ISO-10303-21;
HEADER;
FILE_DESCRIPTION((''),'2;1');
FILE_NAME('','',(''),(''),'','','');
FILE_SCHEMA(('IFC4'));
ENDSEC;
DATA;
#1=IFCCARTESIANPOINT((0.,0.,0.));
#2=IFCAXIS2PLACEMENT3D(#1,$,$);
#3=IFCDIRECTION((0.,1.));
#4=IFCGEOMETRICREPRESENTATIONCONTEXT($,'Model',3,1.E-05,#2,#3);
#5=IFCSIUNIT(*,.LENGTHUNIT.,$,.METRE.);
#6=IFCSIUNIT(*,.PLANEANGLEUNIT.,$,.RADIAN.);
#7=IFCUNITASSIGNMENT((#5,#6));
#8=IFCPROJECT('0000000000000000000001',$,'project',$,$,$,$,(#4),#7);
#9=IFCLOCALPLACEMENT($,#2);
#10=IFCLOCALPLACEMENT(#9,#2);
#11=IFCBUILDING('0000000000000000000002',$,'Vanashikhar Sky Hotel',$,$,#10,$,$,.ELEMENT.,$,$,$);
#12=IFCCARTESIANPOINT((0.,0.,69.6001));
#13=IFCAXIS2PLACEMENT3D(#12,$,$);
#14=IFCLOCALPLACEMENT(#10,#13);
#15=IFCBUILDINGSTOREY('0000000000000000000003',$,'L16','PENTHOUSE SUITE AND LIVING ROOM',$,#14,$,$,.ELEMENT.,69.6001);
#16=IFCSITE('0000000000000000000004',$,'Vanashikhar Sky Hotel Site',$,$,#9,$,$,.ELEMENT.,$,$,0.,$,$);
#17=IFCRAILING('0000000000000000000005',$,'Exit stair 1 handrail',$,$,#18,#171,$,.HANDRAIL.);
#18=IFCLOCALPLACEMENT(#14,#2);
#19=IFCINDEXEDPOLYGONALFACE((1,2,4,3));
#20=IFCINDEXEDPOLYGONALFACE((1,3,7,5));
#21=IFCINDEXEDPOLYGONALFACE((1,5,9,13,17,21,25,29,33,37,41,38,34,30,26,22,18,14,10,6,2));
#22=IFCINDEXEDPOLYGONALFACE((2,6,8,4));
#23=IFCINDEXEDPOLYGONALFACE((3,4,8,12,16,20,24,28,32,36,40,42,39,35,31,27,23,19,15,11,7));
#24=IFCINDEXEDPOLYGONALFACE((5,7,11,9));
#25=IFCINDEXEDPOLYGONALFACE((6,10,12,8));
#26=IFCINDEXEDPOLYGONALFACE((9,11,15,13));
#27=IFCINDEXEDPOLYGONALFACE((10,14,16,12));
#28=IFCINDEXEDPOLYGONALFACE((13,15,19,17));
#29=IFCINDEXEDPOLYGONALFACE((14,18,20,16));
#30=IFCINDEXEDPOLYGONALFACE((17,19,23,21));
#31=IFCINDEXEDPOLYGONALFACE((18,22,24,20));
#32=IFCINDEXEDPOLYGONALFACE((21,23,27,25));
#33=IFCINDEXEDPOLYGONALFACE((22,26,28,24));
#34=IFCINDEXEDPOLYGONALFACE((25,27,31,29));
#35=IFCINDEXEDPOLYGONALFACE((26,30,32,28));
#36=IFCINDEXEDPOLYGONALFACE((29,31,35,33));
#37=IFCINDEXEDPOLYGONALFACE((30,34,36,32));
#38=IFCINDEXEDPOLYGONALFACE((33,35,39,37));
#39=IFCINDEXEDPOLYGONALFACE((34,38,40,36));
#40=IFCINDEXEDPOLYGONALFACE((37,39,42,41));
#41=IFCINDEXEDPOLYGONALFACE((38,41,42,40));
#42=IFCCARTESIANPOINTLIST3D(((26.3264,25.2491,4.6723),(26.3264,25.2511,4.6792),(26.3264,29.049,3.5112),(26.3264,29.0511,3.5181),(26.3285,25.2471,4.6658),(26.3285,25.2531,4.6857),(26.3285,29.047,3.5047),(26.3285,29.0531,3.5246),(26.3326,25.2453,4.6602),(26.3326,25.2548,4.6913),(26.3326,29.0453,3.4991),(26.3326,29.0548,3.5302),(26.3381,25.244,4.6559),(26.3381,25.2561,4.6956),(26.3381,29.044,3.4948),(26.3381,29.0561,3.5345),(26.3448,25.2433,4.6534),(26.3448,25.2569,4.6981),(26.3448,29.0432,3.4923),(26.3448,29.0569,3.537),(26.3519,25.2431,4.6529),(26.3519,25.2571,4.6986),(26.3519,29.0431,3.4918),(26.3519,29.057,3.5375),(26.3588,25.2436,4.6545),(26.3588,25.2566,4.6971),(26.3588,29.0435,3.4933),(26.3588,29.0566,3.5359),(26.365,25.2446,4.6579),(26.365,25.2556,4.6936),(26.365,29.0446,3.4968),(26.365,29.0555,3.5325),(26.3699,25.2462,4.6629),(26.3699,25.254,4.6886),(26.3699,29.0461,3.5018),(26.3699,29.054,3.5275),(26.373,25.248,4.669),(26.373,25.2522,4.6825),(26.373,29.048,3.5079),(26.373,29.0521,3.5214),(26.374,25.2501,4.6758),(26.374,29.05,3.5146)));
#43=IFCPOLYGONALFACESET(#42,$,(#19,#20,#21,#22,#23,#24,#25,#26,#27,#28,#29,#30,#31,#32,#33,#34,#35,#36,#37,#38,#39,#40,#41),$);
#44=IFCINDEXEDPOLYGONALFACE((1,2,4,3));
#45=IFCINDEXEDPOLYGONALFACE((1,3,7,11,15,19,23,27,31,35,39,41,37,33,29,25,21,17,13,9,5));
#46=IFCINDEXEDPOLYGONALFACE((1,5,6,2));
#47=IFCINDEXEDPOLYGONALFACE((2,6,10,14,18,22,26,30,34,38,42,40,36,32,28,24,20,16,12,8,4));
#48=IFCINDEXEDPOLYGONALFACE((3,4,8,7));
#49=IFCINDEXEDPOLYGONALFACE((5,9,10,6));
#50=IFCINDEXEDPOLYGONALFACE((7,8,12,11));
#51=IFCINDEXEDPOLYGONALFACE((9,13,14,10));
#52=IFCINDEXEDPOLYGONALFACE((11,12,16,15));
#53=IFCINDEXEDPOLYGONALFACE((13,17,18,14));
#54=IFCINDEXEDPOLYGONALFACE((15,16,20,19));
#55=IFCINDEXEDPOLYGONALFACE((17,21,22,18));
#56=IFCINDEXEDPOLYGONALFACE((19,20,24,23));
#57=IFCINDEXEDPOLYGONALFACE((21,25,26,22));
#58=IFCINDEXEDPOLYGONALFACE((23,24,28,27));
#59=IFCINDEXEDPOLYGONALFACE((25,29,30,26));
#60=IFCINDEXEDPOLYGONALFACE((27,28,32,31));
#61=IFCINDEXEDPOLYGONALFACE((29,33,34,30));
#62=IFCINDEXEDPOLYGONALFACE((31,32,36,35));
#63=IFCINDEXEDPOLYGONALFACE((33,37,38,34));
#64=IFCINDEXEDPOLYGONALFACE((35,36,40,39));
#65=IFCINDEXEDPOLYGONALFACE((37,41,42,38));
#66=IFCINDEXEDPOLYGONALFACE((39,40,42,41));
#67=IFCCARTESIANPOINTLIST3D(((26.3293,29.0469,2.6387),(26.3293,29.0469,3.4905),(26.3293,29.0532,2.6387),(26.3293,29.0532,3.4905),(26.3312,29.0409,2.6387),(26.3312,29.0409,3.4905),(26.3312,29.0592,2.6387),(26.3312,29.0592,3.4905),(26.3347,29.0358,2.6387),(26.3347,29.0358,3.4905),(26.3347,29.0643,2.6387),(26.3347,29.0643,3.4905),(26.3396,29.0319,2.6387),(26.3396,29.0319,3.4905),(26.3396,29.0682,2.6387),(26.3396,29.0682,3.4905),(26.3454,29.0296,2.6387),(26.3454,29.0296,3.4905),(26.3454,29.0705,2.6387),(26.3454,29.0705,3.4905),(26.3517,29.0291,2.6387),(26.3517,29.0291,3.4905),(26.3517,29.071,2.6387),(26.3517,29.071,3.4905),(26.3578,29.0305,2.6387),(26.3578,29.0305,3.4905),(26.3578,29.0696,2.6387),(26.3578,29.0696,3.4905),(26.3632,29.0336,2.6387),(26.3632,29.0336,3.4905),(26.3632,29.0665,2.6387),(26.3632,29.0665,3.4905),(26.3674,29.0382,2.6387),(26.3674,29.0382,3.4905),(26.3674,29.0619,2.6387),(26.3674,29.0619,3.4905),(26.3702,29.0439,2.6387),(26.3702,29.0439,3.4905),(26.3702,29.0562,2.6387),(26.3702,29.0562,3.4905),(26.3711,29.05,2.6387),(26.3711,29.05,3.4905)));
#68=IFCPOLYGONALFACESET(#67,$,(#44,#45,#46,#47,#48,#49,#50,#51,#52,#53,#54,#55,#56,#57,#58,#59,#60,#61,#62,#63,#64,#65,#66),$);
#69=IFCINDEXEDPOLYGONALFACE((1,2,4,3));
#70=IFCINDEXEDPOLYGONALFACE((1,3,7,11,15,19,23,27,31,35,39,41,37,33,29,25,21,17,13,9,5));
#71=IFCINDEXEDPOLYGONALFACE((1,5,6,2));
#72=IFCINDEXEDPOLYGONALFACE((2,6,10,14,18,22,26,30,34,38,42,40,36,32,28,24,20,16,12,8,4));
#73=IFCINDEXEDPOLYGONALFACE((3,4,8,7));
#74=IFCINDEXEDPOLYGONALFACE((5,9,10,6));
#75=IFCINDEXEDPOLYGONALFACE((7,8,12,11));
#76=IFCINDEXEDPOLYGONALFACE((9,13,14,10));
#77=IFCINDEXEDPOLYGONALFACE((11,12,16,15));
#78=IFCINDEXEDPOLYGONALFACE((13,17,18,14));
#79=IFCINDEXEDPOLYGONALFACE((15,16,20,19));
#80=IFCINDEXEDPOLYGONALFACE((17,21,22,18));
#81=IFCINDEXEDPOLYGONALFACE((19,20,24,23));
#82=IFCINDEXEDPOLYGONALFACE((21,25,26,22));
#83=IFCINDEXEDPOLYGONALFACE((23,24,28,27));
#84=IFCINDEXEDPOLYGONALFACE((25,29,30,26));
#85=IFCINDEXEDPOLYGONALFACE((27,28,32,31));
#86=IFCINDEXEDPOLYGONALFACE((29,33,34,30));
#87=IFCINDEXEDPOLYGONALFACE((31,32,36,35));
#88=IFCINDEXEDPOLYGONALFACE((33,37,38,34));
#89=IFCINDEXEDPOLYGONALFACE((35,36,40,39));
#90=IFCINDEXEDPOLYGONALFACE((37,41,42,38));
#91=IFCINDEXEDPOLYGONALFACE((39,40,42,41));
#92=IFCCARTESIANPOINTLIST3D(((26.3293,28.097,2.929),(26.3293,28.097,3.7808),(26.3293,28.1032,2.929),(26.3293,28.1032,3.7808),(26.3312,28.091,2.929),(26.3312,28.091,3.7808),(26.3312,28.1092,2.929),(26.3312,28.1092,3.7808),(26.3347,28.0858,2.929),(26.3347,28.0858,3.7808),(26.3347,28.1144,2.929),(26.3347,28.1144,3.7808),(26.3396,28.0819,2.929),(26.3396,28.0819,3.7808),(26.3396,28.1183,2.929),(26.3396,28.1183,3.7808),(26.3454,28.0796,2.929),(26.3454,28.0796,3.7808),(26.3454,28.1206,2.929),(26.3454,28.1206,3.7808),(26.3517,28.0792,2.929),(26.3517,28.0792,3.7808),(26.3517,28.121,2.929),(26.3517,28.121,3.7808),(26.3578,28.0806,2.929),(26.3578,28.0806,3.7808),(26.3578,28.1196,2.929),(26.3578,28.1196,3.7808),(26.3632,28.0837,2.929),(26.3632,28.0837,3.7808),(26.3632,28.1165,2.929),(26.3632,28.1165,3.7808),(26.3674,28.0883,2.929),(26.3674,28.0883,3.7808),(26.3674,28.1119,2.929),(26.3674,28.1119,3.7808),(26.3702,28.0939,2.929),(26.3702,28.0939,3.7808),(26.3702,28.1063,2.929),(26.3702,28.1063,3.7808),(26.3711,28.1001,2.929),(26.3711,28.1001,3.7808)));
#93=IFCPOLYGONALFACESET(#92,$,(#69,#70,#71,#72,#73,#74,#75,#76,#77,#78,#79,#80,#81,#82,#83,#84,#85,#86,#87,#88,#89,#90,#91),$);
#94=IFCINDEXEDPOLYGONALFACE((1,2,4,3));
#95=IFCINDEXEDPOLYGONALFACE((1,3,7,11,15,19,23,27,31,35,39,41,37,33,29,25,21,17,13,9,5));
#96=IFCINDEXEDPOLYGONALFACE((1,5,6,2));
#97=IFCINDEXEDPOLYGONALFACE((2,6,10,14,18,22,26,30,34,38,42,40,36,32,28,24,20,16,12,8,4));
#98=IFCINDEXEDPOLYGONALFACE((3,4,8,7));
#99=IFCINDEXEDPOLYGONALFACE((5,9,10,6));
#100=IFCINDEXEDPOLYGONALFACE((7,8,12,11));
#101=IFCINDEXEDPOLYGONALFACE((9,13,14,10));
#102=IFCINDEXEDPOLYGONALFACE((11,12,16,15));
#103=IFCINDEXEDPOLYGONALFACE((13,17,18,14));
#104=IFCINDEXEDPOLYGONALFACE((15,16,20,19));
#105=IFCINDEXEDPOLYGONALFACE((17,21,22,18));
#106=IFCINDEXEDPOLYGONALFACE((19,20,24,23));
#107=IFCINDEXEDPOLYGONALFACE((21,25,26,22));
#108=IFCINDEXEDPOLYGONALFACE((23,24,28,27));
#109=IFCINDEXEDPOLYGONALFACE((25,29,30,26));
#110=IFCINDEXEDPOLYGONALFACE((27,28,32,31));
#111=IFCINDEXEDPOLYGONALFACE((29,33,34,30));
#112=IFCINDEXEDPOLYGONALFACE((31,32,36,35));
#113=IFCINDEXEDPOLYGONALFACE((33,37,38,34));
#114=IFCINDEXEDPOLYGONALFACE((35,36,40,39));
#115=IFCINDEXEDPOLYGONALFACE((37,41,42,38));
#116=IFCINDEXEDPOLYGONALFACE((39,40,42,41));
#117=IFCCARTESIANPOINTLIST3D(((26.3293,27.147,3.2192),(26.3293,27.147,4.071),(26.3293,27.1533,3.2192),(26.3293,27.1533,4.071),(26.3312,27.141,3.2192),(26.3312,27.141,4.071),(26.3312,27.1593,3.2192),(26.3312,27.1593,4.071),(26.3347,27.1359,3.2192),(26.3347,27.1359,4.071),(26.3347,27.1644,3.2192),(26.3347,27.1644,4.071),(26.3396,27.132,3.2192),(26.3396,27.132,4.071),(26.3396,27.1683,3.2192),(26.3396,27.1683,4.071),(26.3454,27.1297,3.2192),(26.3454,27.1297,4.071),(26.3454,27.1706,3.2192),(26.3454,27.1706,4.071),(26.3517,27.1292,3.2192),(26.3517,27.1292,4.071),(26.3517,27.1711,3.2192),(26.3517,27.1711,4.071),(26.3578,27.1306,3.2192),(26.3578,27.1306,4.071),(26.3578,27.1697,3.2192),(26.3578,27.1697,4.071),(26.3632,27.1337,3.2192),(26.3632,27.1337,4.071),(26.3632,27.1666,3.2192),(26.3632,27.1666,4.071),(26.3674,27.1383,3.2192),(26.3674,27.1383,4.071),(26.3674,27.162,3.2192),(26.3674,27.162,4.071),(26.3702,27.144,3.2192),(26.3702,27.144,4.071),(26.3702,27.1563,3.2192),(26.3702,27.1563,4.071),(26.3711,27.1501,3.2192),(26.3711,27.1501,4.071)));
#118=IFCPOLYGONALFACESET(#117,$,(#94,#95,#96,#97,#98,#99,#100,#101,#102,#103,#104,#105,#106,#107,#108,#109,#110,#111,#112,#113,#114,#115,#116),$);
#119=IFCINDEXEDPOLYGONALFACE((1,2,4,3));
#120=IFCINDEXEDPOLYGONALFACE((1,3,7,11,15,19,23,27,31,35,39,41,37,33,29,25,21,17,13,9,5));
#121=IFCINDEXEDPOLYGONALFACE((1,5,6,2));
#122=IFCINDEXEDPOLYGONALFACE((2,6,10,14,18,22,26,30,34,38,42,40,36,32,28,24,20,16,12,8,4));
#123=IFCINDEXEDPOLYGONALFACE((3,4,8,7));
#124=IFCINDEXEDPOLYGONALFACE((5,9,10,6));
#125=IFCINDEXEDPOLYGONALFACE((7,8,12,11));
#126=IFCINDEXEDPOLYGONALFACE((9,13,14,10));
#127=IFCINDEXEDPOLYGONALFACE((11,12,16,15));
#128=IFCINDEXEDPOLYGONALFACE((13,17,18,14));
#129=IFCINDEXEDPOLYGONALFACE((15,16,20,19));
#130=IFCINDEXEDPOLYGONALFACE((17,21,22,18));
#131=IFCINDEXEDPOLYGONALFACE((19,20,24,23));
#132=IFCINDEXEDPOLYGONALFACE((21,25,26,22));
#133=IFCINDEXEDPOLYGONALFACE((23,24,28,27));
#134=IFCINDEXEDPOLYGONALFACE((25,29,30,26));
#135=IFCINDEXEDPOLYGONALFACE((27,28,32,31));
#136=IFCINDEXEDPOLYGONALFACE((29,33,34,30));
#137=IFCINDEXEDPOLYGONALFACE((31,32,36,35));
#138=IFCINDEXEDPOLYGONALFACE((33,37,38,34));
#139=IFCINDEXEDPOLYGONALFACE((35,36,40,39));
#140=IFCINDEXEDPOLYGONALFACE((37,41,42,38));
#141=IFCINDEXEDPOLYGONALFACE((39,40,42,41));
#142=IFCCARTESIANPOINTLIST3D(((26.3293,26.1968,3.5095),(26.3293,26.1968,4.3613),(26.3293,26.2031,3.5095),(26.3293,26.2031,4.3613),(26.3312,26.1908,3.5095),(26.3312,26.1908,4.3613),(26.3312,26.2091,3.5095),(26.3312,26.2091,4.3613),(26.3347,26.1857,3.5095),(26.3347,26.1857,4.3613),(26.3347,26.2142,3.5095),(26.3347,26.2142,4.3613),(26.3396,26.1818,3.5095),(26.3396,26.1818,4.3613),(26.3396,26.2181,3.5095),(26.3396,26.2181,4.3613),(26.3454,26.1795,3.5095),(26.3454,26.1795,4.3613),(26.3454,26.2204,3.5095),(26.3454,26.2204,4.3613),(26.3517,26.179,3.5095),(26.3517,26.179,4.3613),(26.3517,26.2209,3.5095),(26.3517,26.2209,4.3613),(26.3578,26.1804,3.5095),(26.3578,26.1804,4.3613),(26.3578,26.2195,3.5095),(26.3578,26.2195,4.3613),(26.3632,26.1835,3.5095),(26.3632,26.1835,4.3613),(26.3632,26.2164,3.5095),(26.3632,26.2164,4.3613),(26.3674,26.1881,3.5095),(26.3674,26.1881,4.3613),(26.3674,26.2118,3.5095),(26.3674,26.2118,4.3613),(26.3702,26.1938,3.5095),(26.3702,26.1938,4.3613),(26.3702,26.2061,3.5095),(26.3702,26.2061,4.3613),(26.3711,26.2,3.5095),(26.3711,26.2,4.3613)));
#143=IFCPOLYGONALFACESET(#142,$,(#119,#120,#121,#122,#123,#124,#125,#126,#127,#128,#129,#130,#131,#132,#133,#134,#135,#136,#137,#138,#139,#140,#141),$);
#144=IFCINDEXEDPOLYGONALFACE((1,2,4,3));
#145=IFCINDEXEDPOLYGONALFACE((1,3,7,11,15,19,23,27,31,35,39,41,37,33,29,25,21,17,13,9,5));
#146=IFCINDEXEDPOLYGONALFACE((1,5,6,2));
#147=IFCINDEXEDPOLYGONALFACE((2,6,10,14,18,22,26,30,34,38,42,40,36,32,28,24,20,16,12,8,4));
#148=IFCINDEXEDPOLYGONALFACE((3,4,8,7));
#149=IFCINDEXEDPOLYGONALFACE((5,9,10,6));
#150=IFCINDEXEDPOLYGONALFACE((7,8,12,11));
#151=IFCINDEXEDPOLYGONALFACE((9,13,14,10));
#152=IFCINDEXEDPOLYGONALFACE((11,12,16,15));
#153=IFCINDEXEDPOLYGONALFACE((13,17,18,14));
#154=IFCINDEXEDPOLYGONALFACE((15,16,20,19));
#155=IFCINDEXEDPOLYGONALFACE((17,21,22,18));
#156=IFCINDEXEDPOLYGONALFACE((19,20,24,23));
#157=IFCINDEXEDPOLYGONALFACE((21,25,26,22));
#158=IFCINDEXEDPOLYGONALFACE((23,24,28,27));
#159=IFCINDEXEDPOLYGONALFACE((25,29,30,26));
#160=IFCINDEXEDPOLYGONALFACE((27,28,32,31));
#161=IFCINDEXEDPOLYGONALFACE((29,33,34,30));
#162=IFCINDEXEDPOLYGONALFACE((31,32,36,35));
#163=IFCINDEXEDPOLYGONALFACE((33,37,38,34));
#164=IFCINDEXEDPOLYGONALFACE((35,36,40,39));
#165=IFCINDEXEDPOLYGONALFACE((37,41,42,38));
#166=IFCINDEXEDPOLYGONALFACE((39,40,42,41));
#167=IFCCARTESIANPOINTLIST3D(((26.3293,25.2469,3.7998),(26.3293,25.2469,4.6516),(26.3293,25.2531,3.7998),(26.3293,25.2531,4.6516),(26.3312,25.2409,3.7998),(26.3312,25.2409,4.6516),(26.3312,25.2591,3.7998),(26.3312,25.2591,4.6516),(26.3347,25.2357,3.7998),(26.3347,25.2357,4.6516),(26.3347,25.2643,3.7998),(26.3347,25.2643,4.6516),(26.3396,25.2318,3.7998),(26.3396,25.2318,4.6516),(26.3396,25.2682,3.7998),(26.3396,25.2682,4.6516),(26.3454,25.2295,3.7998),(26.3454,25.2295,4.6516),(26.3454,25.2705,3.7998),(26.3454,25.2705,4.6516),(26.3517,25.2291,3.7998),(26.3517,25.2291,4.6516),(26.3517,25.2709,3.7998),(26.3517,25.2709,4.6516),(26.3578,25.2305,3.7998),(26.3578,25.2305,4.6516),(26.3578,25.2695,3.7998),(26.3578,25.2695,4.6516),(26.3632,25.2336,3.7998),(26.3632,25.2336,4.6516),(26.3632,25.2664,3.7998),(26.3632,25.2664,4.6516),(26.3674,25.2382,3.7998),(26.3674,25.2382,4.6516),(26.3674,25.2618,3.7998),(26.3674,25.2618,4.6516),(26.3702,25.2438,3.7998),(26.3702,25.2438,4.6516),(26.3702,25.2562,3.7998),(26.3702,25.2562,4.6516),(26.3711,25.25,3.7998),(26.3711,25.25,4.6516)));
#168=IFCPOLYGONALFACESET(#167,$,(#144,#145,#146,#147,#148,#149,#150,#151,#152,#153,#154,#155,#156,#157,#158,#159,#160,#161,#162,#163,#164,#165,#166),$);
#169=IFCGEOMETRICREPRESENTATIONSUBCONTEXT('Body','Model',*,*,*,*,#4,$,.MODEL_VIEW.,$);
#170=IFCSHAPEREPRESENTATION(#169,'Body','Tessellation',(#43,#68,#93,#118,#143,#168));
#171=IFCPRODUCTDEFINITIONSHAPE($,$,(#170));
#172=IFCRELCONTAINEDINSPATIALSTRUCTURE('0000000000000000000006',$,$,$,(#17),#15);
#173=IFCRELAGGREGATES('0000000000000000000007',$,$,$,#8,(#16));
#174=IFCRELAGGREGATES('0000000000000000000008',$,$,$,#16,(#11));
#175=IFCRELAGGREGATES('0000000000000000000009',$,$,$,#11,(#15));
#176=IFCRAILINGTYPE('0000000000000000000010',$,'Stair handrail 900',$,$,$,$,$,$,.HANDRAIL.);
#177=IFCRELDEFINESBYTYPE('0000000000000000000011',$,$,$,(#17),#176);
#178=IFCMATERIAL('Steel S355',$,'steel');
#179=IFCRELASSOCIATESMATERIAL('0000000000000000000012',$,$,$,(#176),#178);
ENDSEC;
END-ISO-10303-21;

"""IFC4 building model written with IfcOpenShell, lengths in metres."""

from ifc_helpers import new_model, si_unit, direction, frame, origin, origin_2d, place, context, subcontext, project, spatial, circle, extrude, source, transform, mapped, material, type_object, element, save


model = new_model("IFC4")

# Units and contexts
model_context = context("Model", 3, precision=1e-05, world=origin(), true_north=direction((0.0, 1.0)))
body_context = subcontext(model_context, "Body", "Model", "MODEL_VIEW")
ifc_project = project(units=[si_unit("LENGTHUNIT", "METRE"), si_unit("PLANEANGLEUNIT", "RADIAN")], contexts=[model_context])

# Site, building, storey
site_placement = place(None, origin())
site = spatial("IfcSite", under=ifc_project, at=site_placement, Name="Vanashikhar Sky Hotel Site", CompositionType="ELEMENT", RefElevation=0.0)
building_placement = place(site_placement, origin())
building = spatial("IfcBuilding", under=site, at=building_placement, Name="Vanashikhar Sky Hotel", CompositionType="ELEMENT")
storey_placement = place(building_placement, frame((0.0, 0.0, 69.6001)))
storey = spatial("IfcBuildingStorey", under=building, at=storey_placement, Name="L16", Description="PENTHOUSE SUITE AND LIVING ROOM", CompositionType="ELEMENT", Elevation=69.6001)

# Railing
ifc_material_1 = material(Name="Steel S355", Category="steel")
railing_type = type_object("IfcRailingType", Name="Stair handrail 900", PredefinedType="HANDRAIL", material=ifc_material_1)
shared_shape_1 = source(origin(), body_context, "Body", "SweptSolid", [
    extrude(circle(Radius=0.0239, at=origin_2d()), frame((0.0, 0.0, 0.876), z_axis=(0.0, -0.956351, 0.29222), x_axis=(1.0, 0.0, 0.0)), (0.0, 0.0, 1.0), 3.9734),
    extrude(circle(Radius=0.021, at=origin_2d()), origin(), (0.0, 0.0, 1.0), 0.8518),
    extrude(circle(Radius=0.021, at=origin_2d()), frame((0.0, -0.95, 0.2903)), (0.0, 0.0, 1.0), 0.8518),
    extrude(circle(Radius=0.021, at=origin_2d()), frame((0.0, -1.8999, 0.5806)), (0.0, 0.0, 1.0), 0.8518),
    extrude(circle(Radius=0.021, at=origin_2d()), frame((0.0, -2.8501, 0.8708)), (0.0, 0.0, 1.0), 0.8518),
    extrude(circle(Radius=0.021, at=origin_2d()), frame((0.0, -3.8, 1.1611)), (0.0, 0.0, 1.0), 0.8518),
])
for number, where, name in (
    (1, (26.3501, 29.05, 2.6387), "Exit stair 1 handrail"),
):
    element("IfcRailing", number, at=place(storey_placement, frame(where)), inside=storey, type_object=railing_type, Name=name, PredefinedType="HANDRAIL", context=body_context, shape_type="MappedRepresentation", body=[
        mapped(shared_shape_1, transform((0.0, 0.0, 0.0), scale=1.0)),
    ])

save(model, "model.ifc")
